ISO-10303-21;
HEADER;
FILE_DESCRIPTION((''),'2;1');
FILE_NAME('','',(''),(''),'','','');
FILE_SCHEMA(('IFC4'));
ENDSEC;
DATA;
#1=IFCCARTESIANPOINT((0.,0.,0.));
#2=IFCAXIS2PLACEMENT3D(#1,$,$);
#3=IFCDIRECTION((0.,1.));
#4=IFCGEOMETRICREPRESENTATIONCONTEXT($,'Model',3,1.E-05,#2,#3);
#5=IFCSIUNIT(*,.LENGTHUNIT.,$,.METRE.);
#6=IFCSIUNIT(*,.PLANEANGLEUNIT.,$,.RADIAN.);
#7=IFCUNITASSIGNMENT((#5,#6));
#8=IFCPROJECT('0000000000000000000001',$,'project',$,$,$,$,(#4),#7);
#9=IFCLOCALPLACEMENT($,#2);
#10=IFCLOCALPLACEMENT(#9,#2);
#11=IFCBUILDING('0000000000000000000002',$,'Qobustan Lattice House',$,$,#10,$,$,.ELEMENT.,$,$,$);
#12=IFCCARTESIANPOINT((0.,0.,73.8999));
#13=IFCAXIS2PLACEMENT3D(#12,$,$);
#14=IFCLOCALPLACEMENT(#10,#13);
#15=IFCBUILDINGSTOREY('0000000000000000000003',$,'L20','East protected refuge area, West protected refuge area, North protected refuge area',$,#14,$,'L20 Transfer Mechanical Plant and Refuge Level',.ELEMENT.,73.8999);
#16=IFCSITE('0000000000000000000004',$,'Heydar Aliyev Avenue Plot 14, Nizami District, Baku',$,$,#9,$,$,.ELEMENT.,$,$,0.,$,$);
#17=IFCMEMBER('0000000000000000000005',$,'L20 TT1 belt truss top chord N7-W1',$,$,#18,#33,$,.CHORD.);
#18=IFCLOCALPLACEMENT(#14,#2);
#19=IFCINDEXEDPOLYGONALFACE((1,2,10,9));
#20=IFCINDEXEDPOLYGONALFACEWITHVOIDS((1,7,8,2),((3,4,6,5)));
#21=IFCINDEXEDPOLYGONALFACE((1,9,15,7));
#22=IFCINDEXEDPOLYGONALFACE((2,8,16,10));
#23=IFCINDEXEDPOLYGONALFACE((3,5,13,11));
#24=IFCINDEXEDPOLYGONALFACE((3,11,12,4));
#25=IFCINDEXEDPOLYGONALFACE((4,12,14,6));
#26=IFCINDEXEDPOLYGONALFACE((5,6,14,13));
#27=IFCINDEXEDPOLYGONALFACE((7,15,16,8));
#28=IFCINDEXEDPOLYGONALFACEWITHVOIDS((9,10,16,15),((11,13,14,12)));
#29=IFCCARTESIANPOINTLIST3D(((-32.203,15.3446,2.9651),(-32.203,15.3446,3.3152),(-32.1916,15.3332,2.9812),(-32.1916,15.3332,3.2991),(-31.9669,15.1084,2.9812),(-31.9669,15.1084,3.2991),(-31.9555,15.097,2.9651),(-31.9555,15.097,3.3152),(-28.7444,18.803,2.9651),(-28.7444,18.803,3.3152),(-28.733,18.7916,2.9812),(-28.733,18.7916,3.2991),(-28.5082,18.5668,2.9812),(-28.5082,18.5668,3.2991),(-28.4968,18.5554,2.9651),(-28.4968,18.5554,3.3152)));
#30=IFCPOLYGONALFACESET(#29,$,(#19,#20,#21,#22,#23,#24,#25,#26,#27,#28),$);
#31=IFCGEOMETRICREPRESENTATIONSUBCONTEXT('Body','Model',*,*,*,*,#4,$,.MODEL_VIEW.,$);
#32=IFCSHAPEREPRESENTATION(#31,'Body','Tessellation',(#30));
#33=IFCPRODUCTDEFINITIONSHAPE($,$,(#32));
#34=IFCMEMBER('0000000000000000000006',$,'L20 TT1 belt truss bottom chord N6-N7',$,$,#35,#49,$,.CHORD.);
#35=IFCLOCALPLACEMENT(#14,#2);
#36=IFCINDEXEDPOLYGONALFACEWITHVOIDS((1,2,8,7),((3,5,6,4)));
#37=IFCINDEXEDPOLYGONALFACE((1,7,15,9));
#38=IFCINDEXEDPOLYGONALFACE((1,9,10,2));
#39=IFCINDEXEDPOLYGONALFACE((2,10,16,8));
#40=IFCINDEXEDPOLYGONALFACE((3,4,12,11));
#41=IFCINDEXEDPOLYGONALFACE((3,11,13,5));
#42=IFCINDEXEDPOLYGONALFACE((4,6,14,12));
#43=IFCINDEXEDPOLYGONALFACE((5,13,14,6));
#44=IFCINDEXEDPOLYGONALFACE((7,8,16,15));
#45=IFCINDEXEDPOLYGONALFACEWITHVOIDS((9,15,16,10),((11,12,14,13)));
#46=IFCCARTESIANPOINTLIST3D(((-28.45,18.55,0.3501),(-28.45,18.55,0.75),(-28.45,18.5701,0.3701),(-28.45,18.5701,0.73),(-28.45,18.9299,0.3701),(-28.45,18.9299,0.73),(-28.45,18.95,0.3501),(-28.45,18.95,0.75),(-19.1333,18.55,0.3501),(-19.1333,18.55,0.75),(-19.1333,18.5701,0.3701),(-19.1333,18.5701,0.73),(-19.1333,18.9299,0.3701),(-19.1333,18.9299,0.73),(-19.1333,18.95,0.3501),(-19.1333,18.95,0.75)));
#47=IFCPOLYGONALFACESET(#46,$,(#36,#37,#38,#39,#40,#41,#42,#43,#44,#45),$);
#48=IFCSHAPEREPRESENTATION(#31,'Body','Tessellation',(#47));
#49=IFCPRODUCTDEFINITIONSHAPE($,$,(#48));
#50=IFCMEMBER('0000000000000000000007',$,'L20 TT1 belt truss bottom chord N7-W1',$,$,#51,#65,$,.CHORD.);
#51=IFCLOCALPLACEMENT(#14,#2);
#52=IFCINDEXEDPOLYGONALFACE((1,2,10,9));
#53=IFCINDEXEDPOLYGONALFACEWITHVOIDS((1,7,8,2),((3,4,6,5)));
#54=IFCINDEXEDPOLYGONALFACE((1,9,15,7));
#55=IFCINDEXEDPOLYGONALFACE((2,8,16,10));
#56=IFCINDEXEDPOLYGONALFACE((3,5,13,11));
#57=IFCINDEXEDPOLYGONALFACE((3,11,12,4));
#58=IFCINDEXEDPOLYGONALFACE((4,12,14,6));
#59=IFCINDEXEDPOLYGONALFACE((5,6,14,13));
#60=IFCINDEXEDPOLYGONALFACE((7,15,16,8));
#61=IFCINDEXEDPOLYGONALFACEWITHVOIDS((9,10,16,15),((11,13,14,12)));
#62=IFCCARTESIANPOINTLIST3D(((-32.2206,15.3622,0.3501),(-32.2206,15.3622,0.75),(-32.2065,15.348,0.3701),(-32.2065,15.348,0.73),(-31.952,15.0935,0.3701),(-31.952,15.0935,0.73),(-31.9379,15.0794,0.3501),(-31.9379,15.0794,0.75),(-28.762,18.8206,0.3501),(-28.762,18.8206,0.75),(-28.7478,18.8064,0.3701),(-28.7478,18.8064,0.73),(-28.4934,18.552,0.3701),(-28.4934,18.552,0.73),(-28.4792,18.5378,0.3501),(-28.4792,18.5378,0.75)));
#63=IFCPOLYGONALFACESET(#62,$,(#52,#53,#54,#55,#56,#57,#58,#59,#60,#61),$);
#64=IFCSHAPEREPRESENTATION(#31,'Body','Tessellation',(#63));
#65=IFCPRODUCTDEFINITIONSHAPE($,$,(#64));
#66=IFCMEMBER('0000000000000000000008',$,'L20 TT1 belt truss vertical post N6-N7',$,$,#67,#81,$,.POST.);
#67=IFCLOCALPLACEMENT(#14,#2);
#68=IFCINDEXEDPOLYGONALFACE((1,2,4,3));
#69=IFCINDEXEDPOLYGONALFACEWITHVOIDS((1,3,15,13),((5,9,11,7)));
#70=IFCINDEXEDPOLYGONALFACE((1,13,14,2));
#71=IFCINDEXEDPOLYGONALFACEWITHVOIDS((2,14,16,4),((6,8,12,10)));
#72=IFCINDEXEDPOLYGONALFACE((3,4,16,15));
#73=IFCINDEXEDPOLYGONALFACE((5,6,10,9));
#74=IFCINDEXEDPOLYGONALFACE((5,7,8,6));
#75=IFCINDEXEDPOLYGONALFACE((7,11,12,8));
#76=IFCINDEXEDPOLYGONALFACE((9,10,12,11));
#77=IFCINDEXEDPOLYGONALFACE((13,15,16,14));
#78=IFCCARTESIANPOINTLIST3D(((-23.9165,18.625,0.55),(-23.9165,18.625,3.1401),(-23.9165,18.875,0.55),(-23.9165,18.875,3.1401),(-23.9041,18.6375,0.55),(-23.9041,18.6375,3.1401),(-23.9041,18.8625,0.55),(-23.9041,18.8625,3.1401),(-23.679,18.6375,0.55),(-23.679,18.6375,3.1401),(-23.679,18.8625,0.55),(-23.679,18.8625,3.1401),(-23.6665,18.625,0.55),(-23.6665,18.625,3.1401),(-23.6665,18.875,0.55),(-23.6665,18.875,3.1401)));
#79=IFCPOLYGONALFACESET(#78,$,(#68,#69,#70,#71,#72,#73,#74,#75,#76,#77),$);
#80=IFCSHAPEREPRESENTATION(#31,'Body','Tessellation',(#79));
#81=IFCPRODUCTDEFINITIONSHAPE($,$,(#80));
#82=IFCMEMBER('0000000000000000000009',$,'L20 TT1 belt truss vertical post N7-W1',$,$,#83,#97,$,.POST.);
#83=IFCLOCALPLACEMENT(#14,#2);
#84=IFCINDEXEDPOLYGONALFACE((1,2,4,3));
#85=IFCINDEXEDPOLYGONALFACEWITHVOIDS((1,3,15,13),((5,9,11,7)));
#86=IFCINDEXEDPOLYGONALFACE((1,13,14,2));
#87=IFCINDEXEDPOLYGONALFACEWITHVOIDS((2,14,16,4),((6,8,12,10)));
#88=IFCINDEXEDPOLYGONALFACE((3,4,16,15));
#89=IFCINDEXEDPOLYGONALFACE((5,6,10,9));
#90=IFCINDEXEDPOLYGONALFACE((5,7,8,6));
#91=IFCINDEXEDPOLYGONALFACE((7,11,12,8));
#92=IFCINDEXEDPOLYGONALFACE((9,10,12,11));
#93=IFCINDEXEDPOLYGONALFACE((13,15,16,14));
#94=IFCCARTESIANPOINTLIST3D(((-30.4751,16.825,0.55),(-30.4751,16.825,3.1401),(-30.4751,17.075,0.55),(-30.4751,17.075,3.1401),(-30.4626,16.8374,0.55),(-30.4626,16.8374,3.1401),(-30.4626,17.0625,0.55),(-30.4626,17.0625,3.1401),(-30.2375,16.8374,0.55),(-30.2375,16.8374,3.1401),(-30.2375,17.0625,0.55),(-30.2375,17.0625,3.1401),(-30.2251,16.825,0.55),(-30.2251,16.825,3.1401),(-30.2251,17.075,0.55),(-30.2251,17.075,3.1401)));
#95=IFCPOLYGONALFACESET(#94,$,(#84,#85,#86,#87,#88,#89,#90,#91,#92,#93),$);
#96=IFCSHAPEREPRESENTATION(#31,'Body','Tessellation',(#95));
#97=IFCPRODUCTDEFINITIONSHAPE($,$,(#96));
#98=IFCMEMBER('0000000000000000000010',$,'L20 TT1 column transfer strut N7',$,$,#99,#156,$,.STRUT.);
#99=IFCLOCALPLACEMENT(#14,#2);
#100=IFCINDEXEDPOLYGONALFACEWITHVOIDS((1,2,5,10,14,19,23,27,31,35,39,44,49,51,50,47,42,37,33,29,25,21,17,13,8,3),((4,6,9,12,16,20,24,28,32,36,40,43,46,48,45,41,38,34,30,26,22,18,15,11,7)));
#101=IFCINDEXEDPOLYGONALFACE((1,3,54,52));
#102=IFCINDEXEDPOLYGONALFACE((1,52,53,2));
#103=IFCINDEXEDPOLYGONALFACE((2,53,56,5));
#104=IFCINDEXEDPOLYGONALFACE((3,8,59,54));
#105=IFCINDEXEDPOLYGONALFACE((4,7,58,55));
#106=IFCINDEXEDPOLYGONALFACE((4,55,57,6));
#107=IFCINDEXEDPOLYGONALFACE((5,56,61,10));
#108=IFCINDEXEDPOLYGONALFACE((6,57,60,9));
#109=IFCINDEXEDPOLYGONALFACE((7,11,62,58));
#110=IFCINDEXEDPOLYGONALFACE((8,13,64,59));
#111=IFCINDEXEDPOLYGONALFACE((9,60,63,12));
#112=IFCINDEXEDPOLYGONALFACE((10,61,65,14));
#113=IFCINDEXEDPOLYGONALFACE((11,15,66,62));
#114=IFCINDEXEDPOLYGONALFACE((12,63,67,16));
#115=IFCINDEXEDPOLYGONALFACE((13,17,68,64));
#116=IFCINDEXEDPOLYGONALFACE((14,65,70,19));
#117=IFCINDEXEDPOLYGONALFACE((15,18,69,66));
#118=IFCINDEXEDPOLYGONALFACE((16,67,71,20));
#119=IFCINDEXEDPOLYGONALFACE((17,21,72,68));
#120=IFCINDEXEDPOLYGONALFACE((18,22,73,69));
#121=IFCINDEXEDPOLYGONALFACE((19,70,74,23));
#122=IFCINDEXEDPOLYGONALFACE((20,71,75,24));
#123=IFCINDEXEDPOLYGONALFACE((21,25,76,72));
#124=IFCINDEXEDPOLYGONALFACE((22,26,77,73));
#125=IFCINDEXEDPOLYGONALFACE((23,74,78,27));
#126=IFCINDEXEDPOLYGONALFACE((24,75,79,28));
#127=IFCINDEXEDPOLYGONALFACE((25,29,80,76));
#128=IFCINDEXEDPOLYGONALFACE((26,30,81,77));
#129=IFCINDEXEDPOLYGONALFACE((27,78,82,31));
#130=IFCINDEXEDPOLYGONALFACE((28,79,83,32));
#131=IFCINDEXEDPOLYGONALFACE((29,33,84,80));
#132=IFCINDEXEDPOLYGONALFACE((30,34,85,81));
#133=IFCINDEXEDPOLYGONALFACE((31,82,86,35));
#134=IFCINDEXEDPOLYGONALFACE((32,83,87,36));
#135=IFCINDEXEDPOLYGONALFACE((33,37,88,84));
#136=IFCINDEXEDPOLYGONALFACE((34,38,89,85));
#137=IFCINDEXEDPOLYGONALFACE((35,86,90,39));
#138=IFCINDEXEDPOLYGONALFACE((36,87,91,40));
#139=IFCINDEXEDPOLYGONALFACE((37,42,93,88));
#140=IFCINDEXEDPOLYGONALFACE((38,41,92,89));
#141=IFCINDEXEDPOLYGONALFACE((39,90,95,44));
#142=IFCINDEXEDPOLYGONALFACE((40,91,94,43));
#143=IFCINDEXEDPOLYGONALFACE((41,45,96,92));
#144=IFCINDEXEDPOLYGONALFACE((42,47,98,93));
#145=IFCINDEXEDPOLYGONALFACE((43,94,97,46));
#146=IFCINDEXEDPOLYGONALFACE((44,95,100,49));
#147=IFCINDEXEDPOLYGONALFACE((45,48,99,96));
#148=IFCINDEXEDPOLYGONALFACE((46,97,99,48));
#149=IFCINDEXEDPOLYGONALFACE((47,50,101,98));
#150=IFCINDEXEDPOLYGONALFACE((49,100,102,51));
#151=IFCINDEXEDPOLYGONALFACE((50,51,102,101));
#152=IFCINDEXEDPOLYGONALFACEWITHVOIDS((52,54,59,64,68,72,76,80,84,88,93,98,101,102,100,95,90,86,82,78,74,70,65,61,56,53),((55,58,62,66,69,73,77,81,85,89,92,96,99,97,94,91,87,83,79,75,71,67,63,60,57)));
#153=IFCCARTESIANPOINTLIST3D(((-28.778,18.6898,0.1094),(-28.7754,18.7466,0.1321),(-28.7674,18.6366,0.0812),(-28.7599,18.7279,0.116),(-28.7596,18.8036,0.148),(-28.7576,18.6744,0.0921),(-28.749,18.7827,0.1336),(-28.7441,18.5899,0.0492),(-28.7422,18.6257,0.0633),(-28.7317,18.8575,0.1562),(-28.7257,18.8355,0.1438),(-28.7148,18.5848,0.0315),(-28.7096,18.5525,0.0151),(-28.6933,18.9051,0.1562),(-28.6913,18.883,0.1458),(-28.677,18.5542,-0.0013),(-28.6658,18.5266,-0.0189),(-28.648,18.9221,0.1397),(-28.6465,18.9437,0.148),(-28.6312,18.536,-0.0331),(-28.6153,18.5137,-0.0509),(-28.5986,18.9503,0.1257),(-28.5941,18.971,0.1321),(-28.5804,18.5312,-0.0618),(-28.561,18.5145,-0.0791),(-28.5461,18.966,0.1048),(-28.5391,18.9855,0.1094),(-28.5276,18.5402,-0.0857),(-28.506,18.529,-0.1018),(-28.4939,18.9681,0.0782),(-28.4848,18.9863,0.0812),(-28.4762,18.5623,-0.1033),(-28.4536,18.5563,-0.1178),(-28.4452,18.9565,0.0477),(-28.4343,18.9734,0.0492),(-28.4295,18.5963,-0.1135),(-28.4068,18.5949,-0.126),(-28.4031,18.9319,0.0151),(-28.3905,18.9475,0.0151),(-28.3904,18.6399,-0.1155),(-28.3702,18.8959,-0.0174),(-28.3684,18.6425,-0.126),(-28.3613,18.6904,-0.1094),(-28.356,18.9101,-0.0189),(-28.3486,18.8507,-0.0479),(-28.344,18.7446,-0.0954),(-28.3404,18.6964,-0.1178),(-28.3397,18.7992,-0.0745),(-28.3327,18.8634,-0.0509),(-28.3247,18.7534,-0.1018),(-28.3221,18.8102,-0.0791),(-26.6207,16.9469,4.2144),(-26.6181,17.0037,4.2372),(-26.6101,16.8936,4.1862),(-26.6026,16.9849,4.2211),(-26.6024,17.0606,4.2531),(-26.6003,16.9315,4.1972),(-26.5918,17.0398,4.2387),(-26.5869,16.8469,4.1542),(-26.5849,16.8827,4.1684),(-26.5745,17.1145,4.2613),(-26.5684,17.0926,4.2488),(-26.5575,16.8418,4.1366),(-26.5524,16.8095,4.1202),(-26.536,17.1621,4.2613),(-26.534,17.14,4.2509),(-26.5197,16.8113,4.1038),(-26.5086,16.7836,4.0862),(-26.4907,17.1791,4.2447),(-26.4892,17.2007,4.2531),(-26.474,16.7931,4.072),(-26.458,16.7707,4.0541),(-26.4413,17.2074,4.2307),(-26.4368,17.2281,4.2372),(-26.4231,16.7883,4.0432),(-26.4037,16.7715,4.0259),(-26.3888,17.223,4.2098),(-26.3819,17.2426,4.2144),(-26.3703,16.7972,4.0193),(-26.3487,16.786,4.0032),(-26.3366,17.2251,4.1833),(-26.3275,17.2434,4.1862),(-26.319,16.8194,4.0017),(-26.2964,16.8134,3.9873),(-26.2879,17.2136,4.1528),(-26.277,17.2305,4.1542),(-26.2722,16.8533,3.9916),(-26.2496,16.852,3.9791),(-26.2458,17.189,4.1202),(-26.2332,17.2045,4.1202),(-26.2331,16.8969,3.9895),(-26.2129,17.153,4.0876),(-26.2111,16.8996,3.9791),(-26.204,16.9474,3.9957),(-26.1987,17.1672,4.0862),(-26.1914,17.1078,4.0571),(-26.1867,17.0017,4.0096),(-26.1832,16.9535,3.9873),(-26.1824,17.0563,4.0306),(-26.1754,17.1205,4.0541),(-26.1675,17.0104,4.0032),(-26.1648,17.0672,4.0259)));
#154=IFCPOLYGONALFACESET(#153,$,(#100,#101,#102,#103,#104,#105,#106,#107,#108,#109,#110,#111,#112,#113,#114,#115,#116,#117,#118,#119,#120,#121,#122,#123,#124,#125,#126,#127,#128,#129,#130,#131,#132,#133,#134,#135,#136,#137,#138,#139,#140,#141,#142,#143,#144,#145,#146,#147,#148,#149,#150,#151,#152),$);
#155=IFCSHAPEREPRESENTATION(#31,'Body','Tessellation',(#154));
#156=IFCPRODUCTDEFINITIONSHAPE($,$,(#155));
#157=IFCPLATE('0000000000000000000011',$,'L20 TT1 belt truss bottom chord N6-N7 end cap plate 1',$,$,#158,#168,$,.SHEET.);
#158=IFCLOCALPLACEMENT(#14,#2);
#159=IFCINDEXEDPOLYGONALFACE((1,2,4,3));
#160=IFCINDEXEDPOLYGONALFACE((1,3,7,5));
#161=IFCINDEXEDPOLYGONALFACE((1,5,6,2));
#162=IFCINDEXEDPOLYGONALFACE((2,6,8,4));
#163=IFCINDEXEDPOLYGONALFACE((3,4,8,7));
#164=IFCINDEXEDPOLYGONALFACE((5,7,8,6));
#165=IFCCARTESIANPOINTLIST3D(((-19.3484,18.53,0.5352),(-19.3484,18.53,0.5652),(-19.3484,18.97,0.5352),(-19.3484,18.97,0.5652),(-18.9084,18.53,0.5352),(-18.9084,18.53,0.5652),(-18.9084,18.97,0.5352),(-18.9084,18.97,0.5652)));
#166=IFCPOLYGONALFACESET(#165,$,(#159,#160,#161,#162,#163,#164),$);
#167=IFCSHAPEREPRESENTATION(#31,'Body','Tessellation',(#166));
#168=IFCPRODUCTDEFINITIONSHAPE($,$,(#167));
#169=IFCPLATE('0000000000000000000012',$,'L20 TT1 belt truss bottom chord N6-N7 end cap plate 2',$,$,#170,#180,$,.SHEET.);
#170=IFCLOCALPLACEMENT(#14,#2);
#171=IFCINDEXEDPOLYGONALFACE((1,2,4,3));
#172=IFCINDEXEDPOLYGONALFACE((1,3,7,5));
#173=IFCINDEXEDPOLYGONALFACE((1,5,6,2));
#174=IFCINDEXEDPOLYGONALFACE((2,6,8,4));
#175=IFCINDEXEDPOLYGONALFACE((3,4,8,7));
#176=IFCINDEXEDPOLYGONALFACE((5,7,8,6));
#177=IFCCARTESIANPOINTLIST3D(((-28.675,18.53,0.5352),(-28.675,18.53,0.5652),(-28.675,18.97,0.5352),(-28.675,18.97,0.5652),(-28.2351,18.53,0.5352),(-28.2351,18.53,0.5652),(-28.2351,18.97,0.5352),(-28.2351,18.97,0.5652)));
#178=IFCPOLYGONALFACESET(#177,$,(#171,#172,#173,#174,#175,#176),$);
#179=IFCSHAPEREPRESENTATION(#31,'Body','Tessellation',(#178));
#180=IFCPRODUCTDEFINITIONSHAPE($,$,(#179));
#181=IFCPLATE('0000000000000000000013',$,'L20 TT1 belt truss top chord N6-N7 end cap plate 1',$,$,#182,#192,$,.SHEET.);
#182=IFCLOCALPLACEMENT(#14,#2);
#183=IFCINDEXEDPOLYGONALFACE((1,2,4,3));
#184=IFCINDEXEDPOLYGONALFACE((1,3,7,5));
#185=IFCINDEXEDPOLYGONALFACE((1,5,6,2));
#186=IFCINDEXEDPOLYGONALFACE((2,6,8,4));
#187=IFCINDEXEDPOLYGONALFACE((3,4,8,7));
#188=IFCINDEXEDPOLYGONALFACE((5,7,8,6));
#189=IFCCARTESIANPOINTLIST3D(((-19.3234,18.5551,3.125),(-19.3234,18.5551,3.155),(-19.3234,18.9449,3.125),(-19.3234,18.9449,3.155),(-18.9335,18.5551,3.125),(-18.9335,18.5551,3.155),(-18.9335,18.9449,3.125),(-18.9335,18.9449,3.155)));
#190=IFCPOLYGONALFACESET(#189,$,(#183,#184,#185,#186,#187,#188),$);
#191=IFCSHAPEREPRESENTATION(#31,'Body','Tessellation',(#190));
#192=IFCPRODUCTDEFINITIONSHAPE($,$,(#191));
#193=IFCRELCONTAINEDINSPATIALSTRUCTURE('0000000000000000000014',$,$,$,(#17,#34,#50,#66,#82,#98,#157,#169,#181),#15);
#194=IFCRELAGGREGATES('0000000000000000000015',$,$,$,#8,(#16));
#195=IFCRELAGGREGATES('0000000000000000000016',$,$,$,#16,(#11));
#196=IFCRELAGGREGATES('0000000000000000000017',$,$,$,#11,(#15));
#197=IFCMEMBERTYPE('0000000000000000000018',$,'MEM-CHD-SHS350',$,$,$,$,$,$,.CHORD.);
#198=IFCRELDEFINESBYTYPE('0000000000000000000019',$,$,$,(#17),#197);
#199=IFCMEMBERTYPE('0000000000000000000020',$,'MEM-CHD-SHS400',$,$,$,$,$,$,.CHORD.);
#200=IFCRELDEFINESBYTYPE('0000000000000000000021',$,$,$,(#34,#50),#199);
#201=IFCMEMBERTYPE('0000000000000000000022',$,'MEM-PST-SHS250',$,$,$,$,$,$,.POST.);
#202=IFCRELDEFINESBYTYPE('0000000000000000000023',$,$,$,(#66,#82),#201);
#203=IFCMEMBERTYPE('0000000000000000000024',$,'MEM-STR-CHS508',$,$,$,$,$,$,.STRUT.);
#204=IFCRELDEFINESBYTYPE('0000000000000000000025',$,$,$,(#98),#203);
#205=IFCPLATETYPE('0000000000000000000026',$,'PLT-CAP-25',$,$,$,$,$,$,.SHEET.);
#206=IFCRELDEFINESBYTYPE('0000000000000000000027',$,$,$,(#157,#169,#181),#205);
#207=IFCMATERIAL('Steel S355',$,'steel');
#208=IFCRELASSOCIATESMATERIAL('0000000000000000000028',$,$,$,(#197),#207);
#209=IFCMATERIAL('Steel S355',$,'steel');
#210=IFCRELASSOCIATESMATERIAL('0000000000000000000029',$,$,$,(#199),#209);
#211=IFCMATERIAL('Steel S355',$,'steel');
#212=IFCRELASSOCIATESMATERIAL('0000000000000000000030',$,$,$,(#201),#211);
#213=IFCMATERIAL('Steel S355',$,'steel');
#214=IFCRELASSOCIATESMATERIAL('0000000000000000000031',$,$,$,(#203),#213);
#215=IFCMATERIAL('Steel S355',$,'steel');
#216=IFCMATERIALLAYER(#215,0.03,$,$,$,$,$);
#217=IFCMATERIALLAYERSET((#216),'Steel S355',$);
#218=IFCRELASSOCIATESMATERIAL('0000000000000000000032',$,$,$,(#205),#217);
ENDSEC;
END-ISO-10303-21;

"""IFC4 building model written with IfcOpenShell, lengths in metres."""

from ifc_helpers import new_model, si_unit, direction, frame, origin, origin_2d, place, context, subcontext, project, spatial, rectangle, hollow_rectangle, hollow_circle, extrude, material, layer, layer_set, material_profile, profile_set, type_object, element, save


model = new_model("IFC4")

# Units and contexts
model_context = context("Model", 3, precision=1e-05, world=origin(), true_north=direction((0.0, 1.0)))
body_context = subcontext(model_context, "Body", "Model", "MODEL_VIEW")
ifc_project = project(units=[si_unit("LENGTHUNIT", "METRE"), si_unit("PLANEANGLEUNIT", "RADIAN")], contexts=[model_context])

# Site, building, storey
site_placement = place(None, origin())
site = spatial("IfcSite", under=ifc_project, at=site_placement, Name="Heydar Aliyev Avenue Plot 14, Nizami District, Baku", CompositionType="ELEMENT", RefElevation=0.0)
building_placement = place(site_placement, origin())
building = spatial("IfcBuilding", under=site, at=building_placement, Name="Qobustan Lattice House", CompositionType="ELEMENT")
storey_placement = place(building_placement, frame((0.0, 0.0, 73.8999)))
storey = spatial("IfcBuildingStorey", under=building, at=storey_placement, Name="L20", Description="East protected refuge area, West protected refuge area, North protected refuge area", LongName="L20 Transfer Mechanical Plant and Refuge Level", CompositionType="ELEMENT", Elevation=73.8999)

# Members
ifc_material_1 = material(Name="Steel S355", Category="steel")
ifc_material_profile_1 = material_profile(ifc_material_1, hollow_rectangle(XDim=0.3501, YDim=0.3501, WallThickness=0.0161, at=origin_2d()), Name="SHS350x350x16")
ifc_profile_set_1 = profile_set([ifc_material_profile_1], Name="Steel S355")
member_type_1 = type_object("IfcMemberType", Name="MEM-CHD-SHS350", PredefinedType="CHORD", material=ifc_profile_set_1)
member_1_placement = place(storey_placement, frame((-28.6206, 18.6792, 3.1401), z_axis=(-0.707132, -0.707082, 0.0), x_axis=(0.707082, -0.707132, 0.0)))
element("IfcMember", 1, at=member_1_placement, inside=storey, type_object=member_type_1, Name="L20 TT1 belt truss top chord N7-W1", PredefinedType="CHORD", context=body_context, shape_type="SweptSolid", body=[
    extrude(hollow_rectangle(XDim=0.3501, YDim=0.3501, WallThickness=0.0161, at=origin_2d()), origin(), (0.0, 0.0, 1.0), 4.8911),
])
ifc_material_2 = material(Name="Steel S355", Category="steel")
ifc_material_profile_2 = material_profile(ifc_material_2, hollow_rectangle(XDim=0.3999, YDim=0.3999, WallThickness=0.02, at=origin_2d()), Name="SHS400x400x20")
ifc_profile_set_2 = profile_set([ifc_material_profile_2], Name="Steel S355")
member_type_2 = type_object("IfcMemberType", Name="MEM-CHD-SHS400", PredefinedType="CHORD", material=ifc_profile_set_2)
member_2_placement = place(storey_placement, frame((-19.1333, 18.75, 0.55), z_axis=(-1.0, 0.0, 0.0), x_axis=(0.0, -1.0, 0.0)))
element("IfcMember", 2, at=member_2_placement, inside=storey, type_object=member_type_2, Name="L20 TT1 belt truss bottom chord N6-N7", PredefinedType="CHORD", context=body_context, shape_type="SweptSolid", body=[
    extrude(hollow_rectangle(XDim=0.3999, YDim=0.3999, WallThickness=0.02, at=origin_2d()), origin(), (0.0, 0.0, 1.0), 9.3167),
])
member_3_placement = place(storey_placement, frame((-28.6206, 18.6792, 0.55), z_axis=(-0.707132, -0.707082, 0.0), x_axis=(0.707082, -0.707132, 0.0)))
element("IfcMember", 3, at=member_3_placement, inside=storey, type_object=member_type_2, Name="L20 TT1 belt truss bottom chord N7-W1", PredefinedType="CHORD", context=body_context, shape_type="SweptSolid", body=[
    extrude(hollow_rectangle(XDim=0.3999, YDim=0.3999, WallThickness=0.02, at=origin_2d()), origin(), (0.0, 0.0, 1.0), 4.8911),
])
ifc_material_3 = material(Name="Steel S355", Category="steel")
ifc_material_profile_3 = material_profile(ifc_material_3, hollow_rectangle(XDim=0.25, YDim=0.25, WallThickness=0.0125, at=origin_2d()), Name="SHS250x250x12.5")
ifc_profile_set_3 = profile_set([ifc_material_profile_3], Name="Steel S355")
member_type_3 = type_object("IfcMemberType", Name="MEM-PST-SHS250", PredefinedType="POST", material=ifc_profile_set_3)
for number, where, z_axis, x_axis, name in (
    (4, (-23.7915, 18.75, 0.55), (0.0, 0.0, 1.0), (1.0, 0.0, 0.0), "L20 TT1 belt truss vertical post N6-N7"),
    (5, (-30.3501, 16.95, 0.55), (0.0, 0.0, 1.0), (1.0, 0.0, 0.0), "L20 TT1 belt truss vertical post N7-W1"),
):
    element("IfcMember", number, at=place(storey_placement, frame(where, z_axis=z_axis, x_axis=x_axis)), inside=storey, type_object=member_type_3, Name=name, PredefinedType="POST", context=body_context, shape_type="SweptSolid", body=[
        extrude(hollow_rectangle(XDim=0.25, YDim=0.25, WallThickness=0.0125, at=origin_2d()), origin(), (0.0, 0.0, 1.0), 2.5901),
    ])
ifc_material_4 = material(Name="Steel S355", Category="steel")
ifc_material_profile_4 = material_profile(ifc_material_4, hollow_circle(Radius=0.2539, WallThickness=0.02, at=origin_2d()), Name="CHS508x20")
ifc_profile_set_4 = profile_set([ifc_material_profile_4], Name="Steel S355")
member_type_4 = type_object("IfcMemberType", Name="MEM-STR-CHS508", PredefinedType="STRUT", material=ifc_profile_set_4)
member_4_placement = place(storey_placement, frame((-28.55, 18.75, 0.0151), z_axis=(0.43545, -0.35182, 0.828617), x_axis=(0.628456, 0.777845, 0.0)))
element("IfcMember", 6, at=member_4_placement, inside=storey, type_object=member_type_4, Name="L20 TT1 column transfer strut N7", PredefinedType="STRUT", context=body_context, shape_type="SweptSolid", body=[
    extrude(hollow_circle(Radius=0.2539, WallThickness=0.02, at=origin_2d()), origin(), (0.0, 0.0, 1.0), 4.9541),
])

# Plates
ifc_material_5 = material(Name="Steel S355", Category="steel")
ifc_layer_1 = layer(ifc_material_5, 0.03)
ifc_layer_set_1 = layer_set([ifc_layer_1], Name="Steel S355")
plate_type = type_object("IfcPlateType", Name="PLT-CAP-25", PredefinedType="SHEET", material=ifc_layer_set_1)
for number, where, z_axis, x_axis, name in (
    (7, (-19.1284, 18.75, 0.5352), (0.0, 0.0, 1.0), (-1.0, 0.0, 0.0), "L20 TT1 belt truss bottom chord N6-N7 end cap plate 1"),
    (8, (-28.4551, 18.75, 0.5352), (0.0, 0.0, 1.0), (-1.0, 0.0, 0.0), "L20 TT1 belt truss bottom chord N6-N7 end cap plate 2"),
):
    element("IfcPlate", number, at=place(storey_placement, frame(where, z_axis=z_axis, x_axis=x_axis)), inside=storey, type_object=plate_type, Name=name, PredefinedType="SHEET", context=body_context, shape_type="SweptSolid", body=[
        extrude(rectangle(XDim=0.4399, YDim=0.4399, at=origin_2d()), origin(), (0.0, 0.0, 1.0), 0.03),
    ])
for number, where, z_axis, x_axis, name in (
    (9, (-19.1284, 18.75, 3.125), (0.0, 0.0, 1.0), (-1.0, 0.0, 0.0), "L20 TT1 belt truss top chord N6-N7 end cap plate 1"),
):
    element("IfcPlate", number, at=place(storey_placement, frame(where, z_axis=z_axis, x_axis=x_axis)), inside=storey, type_object=plate_type, Name=name, PredefinedType="SHEET", context=body_context, shape_type="SweptSolid", body=[
        extrude(rectangle(XDim=0.3899, YDim=0.3899, at=origin_2d()), origin(), (0.0, 0.0, 1.0), 0.03),
    ])

save(model, "model.ifc")
